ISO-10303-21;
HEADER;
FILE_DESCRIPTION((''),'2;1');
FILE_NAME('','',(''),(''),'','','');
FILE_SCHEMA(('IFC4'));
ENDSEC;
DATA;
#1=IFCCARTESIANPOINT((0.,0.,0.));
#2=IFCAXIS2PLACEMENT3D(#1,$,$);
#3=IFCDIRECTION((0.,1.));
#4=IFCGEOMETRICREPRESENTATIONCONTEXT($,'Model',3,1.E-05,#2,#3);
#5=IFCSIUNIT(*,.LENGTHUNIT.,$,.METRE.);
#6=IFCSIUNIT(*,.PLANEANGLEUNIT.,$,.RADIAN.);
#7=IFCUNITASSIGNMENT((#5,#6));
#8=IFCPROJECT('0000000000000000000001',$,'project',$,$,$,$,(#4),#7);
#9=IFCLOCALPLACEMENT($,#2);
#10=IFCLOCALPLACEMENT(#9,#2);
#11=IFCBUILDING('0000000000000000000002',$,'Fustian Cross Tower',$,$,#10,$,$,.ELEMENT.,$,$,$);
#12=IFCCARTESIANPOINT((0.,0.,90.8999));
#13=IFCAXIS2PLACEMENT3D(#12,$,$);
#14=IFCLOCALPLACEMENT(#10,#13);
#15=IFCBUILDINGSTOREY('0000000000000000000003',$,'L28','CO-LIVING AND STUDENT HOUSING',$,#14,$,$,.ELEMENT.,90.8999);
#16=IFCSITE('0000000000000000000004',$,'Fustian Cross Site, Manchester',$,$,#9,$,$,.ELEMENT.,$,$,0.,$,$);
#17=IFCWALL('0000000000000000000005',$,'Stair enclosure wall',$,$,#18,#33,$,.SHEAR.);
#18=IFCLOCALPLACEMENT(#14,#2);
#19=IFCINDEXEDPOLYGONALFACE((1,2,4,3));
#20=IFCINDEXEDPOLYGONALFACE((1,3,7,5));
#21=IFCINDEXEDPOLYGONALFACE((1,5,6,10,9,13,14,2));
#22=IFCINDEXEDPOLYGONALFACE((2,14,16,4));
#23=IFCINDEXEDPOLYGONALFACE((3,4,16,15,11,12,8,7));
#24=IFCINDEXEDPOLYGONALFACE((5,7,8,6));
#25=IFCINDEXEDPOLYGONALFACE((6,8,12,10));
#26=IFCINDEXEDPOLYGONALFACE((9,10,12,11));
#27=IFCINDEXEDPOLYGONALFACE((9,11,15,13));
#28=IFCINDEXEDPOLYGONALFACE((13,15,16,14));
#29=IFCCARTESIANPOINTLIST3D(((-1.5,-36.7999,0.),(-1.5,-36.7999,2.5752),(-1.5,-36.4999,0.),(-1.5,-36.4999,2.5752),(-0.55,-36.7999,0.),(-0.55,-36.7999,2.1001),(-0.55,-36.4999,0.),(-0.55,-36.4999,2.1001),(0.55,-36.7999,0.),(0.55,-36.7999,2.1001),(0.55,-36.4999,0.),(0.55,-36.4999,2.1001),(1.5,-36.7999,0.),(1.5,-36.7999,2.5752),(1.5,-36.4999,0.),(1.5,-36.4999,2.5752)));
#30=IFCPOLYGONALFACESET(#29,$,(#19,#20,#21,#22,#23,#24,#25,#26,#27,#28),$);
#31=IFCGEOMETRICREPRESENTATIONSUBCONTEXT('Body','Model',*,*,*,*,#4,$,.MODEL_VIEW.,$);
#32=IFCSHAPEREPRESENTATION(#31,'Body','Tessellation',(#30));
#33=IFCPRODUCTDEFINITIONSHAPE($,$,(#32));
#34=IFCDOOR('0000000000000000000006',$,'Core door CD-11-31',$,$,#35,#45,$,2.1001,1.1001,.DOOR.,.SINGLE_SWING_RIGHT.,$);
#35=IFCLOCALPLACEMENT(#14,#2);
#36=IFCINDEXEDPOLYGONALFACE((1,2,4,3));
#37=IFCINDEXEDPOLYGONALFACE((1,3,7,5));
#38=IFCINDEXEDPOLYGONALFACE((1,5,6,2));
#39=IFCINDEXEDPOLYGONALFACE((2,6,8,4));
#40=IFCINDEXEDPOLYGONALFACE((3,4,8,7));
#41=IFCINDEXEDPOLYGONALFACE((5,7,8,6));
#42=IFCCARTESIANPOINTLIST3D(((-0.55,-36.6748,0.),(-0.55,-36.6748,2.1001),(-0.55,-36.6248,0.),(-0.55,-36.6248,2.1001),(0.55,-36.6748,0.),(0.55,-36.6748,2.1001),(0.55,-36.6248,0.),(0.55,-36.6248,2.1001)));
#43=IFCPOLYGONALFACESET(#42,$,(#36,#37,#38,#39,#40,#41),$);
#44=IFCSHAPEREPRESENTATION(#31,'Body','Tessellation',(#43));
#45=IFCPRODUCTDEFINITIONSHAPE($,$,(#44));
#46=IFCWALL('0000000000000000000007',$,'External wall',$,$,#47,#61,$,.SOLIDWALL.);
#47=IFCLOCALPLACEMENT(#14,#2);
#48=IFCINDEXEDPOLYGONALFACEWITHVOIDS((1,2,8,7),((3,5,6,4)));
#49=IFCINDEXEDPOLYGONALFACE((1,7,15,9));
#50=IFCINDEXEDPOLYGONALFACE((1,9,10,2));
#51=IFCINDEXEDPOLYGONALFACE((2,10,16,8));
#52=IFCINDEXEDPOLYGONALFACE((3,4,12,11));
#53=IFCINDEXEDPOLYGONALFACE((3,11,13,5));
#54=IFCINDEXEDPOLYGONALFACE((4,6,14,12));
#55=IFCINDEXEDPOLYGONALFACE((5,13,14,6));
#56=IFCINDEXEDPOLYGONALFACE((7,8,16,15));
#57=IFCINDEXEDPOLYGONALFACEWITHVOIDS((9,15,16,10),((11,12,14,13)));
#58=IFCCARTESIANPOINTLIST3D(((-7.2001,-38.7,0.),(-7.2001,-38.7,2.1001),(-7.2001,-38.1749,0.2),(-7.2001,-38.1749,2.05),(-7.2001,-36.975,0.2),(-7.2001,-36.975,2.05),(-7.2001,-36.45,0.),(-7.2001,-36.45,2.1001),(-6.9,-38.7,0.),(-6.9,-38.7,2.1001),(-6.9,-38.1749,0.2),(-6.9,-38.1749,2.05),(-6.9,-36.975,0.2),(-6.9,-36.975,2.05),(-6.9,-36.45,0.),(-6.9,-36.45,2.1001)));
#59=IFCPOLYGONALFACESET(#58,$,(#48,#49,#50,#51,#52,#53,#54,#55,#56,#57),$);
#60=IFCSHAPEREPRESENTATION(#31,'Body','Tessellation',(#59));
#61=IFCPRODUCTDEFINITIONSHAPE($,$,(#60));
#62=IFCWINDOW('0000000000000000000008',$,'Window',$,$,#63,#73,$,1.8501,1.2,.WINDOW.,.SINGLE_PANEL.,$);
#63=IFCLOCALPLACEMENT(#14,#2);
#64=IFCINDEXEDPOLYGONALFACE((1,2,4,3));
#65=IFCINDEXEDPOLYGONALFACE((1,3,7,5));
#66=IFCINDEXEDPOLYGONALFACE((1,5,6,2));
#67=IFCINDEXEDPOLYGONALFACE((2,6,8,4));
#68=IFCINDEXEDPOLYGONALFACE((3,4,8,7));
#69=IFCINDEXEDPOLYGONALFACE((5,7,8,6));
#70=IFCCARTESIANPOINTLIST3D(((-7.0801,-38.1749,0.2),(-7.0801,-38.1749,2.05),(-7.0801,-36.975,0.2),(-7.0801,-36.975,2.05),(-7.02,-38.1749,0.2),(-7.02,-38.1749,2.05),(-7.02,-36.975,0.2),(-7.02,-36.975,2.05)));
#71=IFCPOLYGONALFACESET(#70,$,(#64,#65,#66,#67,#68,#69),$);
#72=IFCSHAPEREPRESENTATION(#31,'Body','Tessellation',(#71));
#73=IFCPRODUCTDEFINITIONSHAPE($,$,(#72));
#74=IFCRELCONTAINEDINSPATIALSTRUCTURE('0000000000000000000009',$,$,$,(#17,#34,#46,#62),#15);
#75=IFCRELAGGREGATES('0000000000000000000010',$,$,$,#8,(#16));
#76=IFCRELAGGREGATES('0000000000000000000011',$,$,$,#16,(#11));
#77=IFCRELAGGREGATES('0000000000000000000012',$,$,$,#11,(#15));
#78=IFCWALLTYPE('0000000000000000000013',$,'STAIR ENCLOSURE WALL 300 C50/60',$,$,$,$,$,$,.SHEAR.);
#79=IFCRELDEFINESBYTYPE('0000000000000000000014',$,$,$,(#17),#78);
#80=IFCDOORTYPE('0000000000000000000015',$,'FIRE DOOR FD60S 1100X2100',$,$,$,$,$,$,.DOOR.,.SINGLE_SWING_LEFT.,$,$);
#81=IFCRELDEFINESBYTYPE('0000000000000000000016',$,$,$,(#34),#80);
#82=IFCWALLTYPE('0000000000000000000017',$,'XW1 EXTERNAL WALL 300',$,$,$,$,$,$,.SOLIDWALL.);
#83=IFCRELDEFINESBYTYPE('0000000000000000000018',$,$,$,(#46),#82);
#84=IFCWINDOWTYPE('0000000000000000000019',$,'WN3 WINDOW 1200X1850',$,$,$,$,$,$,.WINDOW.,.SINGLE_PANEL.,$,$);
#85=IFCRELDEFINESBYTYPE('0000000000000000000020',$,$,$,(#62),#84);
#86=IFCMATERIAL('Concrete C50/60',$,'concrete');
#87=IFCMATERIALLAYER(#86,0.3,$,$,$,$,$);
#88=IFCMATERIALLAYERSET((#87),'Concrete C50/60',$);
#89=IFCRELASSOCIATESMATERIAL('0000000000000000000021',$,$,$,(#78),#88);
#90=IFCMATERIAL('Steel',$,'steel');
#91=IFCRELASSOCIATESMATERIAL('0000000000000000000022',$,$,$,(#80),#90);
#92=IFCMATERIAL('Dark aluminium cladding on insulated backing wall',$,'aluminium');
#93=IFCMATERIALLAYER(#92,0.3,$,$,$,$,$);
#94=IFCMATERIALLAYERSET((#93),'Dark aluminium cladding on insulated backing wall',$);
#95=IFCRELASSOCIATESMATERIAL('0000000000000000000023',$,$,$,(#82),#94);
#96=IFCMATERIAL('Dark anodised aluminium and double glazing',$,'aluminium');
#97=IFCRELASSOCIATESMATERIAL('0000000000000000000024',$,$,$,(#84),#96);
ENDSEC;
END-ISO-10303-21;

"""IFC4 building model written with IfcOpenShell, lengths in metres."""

from ifc_helpers import new_model, si_unit, direction, frame, frame_2d, origin, place, context, subcontext, project, spatial, rectangle, extrude, material, layer, layer_set, type_object, element, fill, save


model = new_model("IFC4")

# Units and contexts
model_context = context("Model", 3, precision=1e-05, world=origin(), true_north=direction((0.0, 1.0)))
body_context = subcontext(model_context, "Body", "Model", "MODEL_VIEW")
ifc_project = project(units=[si_unit("LENGTHUNIT", "METRE"), si_unit("PLANEANGLEUNIT", "RADIAN")], contexts=[model_context])

# Site, building, storey
site_placement = place(None, origin())
site = spatial("IfcSite", under=ifc_project, at=site_placement, Name="Fustian Cross Site, Manchester", CompositionType="ELEMENT", RefElevation=0.0)
building_placement = place(site_placement, origin())
building = spatial("IfcBuilding", under=site, at=building_placement, Name="Fustian Cross Tower", CompositionType="ELEMENT")
storey_placement = place(building_placement, frame((0.0, 0.0, 90.8999)))
storey = spatial("IfcBuildingStorey", under=building, at=storey_placement, Name="L28", Description="CO-LIVING AND STUDENT HOUSING", CompositionType="ELEMENT", Elevation=90.8999)

# Wall, opening, door
ifc_material_1 = material(Name="Concrete C50/60", Category="concrete")
ifc_layer_1 = layer(ifc_material_1, 0.3)
ifc_layer_set_1 = layer_set([ifc_layer_1], Name="Concrete C50/60")
wall_type_1 = type_object("IfcWallType", Name="STAIR ENCLOSURE WALL 300 C50/60", PredefinedType="SHEAR", material=ifc_layer_set_1)
wall_1_placement = place(storey_placement, frame((-1.5, -36.6499, 0.0), z_axis=(0.0, 0.0, 1.0), x_axis=(1.0, 0.0, 0.0)))
wall_1 = element("IfcWall", 1, at=wall_1_placement, inside=storey, type_object=wall_type_1, Name="Stair enclosure wall", PredefinedType="SHEAR", context=body_context, shape_type="SweptSolid", body=[
    extrude(rectangle(XDim=3.0, YDim=0.3, at=frame_2d((1.5, 0.0))), origin(), (0.0, 0.0, 1.0), 2.5752),
])
opening_1_placement = place(wall_1_placement, frame((0.95, 0.0, 0.0)))
opening_1 = element("IfcOpeningElement", 2, at=opening_1_placement, cuts=wall_1, PredefinedType="OPENING", context=body_context, shape_type="SweptSolid", body=[
    extrude(rectangle(XDim=1.1001, YDim=2.1001, at=frame_2d((0.55, 1.05))), frame((0.0, 0.1599, 0.0), z_axis=(0.0, -1.0, 0.0), x_axis=(1.0, 0.0, 0.0)), (0.0, 0.0, 1.0), 0.3201),
])
ifc_material_2 = material(Name="Steel", Category="steel")
door_type_1 = type_object("IfcDoorType", Name="FIRE DOOR FD60S 1100X2100", OperationType="SINGLE_SWING_LEFT", PredefinedType="DOOR", material=ifc_material_2)
door_1_placement = place(opening_1_placement, frame((1.1001, 0.0, 0.0), z_axis=(0.0, 0.0, 1.0), x_axis=(-1.0, 0.0, 0.0)))
door_1 = element("IfcDoor", 3, at=door_1_placement, inside=storey, type_object=door_type_1, Name="Core door CD-11-31", OperationType="SINGLE_SWING_RIGHT", OverallHeight=2.1001, OverallWidth=1.1001, PredefinedType="DOOR", context=body_context, shape_type="SweptSolid", body=[
    extrude(rectangle(XDim=1.1001, YDim=2.1001, at=frame_2d((0.55, 1.05))), frame((0.0, 0.0249, 0.0), z_axis=(0.0, -1.0, 0.0), x_axis=(1.0, 0.0, 0.0)), (0.0, 0.0, 1.0), 0.05),
])
fill(opening_1, door_1)

# Wall, opening, window
ifc_material_3 = material(Name="Dark aluminium cladding on insulated backing wall", Category="aluminium")
ifc_layer_2 = layer(ifc_material_3, 0.3)
ifc_layer_set_2 = layer_set([ifc_layer_2], Name="Dark aluminium cladding on insulated backing wall")
wall_type_2 = type_object("IfcWallType", Name="XW1 EXTERNAL WALL 300", PredefinedType="SOLIDWALL", material=ifc_layer_set_2)
wall_2_placement = place(storey_placement, frame((-7.05, -36.45, 0.0), z_axis=(0.0, 0.0, 1.0), x_axis=(0.0, -1.0, 0.0)))
wall_2 = element("IfcWall", 4, at=wall_2_placement, inside=storey, type_object=wall_type_2, Name="External wall", PredefinedType="SOLIDWALL", context=body_context, shape_type="SweptSolid", body=[
    extrude(rectangle(XDim=2.25, YDim=0.3, at=frame_2d((1.125, 0.0))), origin(), (0.0, 0.0, 1.0), 2.1001),
])
opening_2_placement = place(wall_2_placement, frame((0.5249, 0.0, 0.2)))
opening_2 = element("IfcOpeningElement", 5, at=opening_2_placement, cuts=wall_2, PredefinedType="OPENING", context=body_context, shape_type="SweptSolid", body=[
    extrude(rectangle(XDim=1.2, YDim=1.8501, at=frame_2d((0.6001, 0.925))), frame((0.0, 0.1599, 0.0), z_axis=(0.0, -1.0, 0.0), x_axis=(1.0, 0.0, 0.0)), (0.0, 0.0, 1.0), 0.3201),
])
ifc_material_4 = material(Name="Dark anodised aluminium and double glazing", Category="aluminium")
window_type = type_object("IfcWindowType", Name="WN3 WINDOW 1200X1850", PartitioningType="SINGLE_PANEL", PredefinedType="WINDOW", material=ifc_material_4)
window_placement = place(opening_2_placement, origin())
window = element("IfcWindow", 6, at=window_placement, inside=storey, type_object=window_type, Name="Window", OverallHeight=1.8501, OverallWidth=1.2, PartitioningType="SINGLE_PANEL", PredefinedType="WINDOW", context=body_context, shape_type="SweptSolid", body=[
    extrude(rectangle(XDim=1.2, YDim=1.8501, at=frame_2d((0.6001, 0.925))), frame((0.0, 0.03, 0.0), z_axis=(0.0, -1.0, 0.0), x_axis=(1.0, 0.0, 0.0)), (0.0, 0.0, 1.0), 0.0601),
])
fill(opening_2, window)

save(model, "model.ifc")
